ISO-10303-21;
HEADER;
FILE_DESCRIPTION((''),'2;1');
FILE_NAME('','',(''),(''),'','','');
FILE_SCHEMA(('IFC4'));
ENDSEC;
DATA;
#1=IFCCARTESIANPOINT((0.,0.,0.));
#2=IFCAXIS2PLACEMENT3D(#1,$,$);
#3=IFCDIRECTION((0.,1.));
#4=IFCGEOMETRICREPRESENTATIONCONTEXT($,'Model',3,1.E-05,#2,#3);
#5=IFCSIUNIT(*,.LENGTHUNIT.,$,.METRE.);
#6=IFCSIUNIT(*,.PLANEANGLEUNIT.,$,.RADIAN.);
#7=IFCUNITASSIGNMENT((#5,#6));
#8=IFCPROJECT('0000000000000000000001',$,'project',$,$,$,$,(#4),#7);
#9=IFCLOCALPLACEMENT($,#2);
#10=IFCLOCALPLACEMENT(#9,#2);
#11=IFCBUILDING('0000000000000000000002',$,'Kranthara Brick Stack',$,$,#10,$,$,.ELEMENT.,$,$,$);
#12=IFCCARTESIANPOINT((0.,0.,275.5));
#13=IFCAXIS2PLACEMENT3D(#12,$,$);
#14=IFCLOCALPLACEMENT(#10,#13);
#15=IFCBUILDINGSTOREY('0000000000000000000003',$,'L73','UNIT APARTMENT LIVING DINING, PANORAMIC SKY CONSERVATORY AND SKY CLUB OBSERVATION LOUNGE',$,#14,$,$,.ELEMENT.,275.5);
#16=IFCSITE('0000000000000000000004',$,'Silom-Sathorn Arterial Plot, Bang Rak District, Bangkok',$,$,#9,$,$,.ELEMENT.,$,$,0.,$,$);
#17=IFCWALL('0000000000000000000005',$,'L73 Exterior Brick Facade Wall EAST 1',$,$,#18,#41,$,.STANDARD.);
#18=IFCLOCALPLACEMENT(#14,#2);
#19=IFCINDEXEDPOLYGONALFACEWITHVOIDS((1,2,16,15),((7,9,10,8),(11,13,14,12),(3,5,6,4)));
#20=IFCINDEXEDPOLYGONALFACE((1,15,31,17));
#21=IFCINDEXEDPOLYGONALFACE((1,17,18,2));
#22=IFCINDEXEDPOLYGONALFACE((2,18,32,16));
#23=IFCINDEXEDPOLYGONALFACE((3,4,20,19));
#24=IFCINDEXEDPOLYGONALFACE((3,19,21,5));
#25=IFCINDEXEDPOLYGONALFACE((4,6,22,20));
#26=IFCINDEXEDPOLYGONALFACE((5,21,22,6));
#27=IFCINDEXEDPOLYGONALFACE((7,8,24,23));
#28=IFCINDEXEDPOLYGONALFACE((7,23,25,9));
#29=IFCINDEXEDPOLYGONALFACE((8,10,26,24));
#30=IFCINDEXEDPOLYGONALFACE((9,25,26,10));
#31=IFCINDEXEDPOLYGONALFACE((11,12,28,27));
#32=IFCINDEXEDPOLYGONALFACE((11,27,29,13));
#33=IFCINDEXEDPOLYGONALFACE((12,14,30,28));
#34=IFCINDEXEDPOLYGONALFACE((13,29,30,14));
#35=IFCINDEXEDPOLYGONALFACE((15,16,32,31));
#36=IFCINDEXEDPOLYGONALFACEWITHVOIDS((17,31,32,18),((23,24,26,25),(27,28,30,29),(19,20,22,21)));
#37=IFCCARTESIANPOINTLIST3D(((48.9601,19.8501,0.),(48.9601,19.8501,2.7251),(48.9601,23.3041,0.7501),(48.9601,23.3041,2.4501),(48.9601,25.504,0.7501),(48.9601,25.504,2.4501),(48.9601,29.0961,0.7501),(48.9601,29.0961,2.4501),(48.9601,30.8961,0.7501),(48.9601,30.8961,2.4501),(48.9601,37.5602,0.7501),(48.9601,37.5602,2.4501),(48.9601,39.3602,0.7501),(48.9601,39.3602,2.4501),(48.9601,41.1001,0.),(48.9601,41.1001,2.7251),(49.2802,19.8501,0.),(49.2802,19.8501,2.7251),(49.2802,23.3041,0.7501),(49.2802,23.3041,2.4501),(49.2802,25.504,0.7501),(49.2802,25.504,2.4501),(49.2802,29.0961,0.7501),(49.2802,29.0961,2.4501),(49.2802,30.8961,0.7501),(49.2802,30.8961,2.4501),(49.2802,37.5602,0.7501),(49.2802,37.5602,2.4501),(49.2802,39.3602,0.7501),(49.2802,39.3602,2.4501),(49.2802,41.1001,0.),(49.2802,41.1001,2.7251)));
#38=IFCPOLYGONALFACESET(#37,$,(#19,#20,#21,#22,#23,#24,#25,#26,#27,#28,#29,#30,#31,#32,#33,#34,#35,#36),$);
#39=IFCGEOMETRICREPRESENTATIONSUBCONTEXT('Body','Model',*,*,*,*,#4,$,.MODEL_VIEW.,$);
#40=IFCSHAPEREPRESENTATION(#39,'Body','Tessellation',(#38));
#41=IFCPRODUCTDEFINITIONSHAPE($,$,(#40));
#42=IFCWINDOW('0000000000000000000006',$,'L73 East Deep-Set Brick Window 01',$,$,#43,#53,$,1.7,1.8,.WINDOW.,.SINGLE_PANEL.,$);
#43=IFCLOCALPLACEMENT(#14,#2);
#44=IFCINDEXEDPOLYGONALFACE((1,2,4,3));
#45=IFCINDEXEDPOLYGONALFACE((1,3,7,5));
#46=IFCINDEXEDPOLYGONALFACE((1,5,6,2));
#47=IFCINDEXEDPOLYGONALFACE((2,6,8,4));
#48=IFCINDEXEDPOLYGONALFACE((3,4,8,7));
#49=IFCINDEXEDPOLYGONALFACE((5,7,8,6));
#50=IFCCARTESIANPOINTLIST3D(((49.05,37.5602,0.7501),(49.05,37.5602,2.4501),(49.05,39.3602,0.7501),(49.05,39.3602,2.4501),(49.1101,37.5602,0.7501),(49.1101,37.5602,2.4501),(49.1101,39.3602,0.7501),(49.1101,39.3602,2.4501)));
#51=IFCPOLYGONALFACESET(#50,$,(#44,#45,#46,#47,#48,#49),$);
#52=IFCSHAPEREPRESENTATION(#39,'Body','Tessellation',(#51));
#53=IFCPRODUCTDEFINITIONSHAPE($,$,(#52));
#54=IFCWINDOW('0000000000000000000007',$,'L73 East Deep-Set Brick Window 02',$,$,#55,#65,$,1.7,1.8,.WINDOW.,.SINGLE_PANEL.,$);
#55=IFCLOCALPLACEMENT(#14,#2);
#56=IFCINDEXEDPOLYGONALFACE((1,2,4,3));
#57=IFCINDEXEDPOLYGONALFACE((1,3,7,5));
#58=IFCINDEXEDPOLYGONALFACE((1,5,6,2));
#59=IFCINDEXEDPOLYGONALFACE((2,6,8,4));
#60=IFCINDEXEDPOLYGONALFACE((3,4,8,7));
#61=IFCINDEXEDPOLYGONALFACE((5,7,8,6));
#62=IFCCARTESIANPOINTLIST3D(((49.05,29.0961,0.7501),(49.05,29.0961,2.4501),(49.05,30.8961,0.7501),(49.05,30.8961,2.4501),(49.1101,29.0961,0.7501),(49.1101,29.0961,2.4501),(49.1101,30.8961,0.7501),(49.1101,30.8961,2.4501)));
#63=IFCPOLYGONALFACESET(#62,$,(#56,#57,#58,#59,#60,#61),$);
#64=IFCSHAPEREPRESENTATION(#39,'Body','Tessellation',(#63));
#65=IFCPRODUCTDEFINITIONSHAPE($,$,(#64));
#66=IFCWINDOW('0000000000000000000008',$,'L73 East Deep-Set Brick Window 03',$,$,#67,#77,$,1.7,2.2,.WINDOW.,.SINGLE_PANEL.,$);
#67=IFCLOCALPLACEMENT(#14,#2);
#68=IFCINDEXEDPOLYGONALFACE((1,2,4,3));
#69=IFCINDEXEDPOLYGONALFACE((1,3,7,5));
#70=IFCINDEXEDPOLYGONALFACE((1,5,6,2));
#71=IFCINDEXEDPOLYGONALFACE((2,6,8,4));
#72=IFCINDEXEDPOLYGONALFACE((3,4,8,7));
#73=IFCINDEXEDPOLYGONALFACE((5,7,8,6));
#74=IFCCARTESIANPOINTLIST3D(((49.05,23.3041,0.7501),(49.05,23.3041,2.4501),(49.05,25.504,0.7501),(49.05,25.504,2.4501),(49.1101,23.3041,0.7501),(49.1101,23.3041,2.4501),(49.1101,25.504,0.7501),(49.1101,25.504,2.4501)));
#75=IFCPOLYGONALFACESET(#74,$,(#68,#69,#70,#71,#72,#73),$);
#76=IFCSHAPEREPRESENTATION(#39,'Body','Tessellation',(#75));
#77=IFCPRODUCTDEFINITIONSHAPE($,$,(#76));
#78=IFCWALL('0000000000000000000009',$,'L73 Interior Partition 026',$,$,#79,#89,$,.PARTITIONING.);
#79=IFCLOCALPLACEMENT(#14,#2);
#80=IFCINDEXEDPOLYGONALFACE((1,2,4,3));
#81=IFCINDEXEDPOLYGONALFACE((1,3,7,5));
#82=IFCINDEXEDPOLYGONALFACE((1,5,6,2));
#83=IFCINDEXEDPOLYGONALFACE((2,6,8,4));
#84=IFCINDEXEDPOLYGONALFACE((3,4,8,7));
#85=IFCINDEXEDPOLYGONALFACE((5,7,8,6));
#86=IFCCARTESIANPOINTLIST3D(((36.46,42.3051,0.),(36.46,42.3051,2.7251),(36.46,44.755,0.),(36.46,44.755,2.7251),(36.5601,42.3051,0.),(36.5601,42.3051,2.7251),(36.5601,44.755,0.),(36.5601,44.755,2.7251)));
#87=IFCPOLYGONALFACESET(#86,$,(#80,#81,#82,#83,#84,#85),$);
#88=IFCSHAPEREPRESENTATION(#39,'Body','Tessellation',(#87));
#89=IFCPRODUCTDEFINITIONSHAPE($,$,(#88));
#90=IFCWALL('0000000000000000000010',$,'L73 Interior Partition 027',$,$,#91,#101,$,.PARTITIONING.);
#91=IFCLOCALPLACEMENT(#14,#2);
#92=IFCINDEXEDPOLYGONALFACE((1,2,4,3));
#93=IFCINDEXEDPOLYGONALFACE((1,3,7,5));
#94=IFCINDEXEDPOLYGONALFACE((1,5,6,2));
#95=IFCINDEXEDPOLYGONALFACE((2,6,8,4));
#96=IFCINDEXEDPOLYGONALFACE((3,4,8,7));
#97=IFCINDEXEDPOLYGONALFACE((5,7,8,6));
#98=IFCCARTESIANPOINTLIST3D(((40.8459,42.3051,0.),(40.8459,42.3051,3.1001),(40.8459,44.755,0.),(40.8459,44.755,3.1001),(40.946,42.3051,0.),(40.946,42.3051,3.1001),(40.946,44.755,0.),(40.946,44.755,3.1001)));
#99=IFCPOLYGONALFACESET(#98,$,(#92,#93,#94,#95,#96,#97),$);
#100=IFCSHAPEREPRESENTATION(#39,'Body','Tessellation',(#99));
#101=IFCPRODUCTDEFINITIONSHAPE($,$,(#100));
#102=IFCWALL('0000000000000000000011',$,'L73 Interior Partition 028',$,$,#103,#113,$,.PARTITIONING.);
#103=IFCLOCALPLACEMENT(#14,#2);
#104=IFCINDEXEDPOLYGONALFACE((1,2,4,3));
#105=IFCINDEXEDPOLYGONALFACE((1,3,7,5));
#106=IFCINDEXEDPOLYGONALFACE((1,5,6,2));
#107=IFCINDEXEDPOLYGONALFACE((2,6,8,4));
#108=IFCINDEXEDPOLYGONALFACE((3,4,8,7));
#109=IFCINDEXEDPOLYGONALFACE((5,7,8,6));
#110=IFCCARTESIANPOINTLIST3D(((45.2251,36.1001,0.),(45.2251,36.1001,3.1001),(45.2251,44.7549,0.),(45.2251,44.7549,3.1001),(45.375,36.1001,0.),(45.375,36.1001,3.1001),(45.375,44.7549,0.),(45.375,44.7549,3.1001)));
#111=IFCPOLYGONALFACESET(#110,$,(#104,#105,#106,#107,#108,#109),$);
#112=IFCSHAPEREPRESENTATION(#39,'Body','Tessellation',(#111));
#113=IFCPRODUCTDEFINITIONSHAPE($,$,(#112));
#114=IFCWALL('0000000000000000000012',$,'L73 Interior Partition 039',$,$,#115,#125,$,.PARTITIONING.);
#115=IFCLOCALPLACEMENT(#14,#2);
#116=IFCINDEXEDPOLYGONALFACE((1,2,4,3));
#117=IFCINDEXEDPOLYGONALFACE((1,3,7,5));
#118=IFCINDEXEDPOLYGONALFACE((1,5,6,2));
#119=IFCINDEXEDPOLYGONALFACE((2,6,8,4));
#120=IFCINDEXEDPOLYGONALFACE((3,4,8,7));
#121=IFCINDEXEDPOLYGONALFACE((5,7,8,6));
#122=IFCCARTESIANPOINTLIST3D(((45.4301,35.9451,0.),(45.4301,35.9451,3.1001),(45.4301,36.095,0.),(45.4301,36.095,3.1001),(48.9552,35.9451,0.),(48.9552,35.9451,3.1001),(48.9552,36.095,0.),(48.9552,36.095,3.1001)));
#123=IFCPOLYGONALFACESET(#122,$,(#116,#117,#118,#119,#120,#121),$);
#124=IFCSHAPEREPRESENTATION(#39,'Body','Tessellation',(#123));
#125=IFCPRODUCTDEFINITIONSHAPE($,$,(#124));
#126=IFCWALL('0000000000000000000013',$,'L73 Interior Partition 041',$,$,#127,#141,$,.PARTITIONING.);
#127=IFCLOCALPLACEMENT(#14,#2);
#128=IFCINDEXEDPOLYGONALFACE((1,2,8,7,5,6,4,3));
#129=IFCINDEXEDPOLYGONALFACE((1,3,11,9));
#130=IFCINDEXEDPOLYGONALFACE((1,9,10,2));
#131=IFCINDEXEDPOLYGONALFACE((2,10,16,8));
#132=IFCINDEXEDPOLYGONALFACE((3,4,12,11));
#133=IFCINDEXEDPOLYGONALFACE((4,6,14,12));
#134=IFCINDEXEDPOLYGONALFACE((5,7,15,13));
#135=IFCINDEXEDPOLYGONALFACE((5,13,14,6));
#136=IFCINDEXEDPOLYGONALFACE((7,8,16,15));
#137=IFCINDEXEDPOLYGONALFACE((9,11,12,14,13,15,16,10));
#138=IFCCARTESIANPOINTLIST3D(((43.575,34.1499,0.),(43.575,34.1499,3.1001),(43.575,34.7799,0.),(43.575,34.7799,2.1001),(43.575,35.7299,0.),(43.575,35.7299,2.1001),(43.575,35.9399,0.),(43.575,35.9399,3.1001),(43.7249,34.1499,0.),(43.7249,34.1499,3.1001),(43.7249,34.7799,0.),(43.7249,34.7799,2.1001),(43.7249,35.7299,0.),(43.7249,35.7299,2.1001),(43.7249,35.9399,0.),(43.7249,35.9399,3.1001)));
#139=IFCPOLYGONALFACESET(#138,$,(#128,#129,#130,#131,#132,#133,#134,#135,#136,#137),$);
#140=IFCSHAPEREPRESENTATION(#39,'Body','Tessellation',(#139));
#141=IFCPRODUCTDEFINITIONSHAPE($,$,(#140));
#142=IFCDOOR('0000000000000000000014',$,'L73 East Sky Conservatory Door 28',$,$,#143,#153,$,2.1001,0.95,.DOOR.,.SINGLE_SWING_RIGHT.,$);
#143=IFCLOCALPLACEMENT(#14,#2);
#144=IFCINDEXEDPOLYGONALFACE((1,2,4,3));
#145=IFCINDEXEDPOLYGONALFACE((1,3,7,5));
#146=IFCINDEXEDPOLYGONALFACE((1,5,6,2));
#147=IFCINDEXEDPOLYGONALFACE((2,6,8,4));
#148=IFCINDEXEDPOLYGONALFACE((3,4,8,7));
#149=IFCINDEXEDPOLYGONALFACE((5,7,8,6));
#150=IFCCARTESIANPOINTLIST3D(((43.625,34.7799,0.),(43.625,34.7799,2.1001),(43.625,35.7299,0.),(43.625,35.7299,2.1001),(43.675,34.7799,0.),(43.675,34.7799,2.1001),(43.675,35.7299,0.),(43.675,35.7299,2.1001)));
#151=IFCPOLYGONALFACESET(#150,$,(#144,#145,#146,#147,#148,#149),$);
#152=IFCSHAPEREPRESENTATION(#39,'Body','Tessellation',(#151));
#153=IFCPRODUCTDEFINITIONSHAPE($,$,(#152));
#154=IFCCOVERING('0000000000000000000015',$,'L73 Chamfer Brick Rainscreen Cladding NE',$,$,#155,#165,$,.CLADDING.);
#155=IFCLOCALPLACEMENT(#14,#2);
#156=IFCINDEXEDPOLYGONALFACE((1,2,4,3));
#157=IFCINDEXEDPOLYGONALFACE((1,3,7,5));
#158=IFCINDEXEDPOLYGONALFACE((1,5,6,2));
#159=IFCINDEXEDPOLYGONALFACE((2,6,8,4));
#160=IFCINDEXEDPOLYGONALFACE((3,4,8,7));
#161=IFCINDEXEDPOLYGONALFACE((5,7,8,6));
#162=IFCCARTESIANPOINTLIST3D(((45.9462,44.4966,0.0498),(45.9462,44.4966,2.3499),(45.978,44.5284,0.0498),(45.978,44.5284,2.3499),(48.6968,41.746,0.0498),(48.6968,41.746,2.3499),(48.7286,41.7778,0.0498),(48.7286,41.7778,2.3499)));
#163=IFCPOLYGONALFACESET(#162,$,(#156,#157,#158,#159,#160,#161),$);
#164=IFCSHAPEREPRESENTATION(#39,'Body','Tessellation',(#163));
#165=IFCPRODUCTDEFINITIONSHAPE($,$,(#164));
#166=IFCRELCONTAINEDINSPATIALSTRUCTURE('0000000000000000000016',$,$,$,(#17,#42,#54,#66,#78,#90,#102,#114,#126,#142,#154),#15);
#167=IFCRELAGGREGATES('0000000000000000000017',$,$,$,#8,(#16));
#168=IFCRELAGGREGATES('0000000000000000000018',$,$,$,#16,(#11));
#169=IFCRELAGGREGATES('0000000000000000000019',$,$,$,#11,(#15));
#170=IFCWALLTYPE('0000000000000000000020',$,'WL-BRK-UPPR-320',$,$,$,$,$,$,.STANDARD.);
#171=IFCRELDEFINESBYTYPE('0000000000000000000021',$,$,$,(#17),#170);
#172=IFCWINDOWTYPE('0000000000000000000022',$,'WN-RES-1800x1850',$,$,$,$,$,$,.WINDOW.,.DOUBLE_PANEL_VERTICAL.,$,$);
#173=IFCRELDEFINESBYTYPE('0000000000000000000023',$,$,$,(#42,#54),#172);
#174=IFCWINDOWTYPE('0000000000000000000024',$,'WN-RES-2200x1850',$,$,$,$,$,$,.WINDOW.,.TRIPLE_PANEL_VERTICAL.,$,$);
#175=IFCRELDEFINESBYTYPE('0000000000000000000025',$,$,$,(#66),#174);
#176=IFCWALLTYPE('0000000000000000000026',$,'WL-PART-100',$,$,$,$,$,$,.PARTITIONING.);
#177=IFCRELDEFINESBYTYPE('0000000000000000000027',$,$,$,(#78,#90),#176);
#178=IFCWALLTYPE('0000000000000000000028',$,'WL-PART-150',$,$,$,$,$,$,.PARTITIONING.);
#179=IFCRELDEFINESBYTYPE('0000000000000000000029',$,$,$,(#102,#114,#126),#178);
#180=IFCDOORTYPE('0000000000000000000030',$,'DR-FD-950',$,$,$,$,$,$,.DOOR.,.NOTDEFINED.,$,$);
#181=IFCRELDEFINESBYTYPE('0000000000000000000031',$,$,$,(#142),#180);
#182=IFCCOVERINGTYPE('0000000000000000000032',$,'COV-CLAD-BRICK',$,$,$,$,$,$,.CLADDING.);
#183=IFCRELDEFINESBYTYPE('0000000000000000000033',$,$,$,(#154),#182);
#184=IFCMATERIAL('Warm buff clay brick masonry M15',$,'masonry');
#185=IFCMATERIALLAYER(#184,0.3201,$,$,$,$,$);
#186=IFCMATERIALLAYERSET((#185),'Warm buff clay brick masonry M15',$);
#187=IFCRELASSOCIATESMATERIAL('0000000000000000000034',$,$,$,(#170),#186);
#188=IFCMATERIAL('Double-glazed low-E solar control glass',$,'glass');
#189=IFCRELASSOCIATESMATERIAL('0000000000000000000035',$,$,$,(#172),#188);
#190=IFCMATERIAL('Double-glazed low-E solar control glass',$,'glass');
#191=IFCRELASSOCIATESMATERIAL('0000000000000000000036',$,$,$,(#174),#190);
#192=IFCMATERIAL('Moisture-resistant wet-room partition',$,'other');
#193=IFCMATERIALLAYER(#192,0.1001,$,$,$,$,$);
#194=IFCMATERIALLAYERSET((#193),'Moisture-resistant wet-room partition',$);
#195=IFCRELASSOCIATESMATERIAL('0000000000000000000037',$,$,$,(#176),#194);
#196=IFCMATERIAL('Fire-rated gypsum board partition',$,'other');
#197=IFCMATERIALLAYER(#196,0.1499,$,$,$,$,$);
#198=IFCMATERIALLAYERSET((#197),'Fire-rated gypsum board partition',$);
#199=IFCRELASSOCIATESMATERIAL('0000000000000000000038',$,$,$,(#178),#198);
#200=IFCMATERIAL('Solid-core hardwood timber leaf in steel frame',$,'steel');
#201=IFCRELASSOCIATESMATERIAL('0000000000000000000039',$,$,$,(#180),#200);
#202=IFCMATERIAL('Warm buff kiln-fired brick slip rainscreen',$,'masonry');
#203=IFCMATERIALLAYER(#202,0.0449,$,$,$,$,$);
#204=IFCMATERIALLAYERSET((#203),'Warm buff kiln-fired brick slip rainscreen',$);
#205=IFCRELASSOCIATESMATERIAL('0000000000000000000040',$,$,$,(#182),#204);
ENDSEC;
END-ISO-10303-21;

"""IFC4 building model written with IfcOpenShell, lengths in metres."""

from ifc_helpers import new_model, si_unit, direction, frame, frame_2d, origin, origin_2d, place, context, subcontext, project, spatial, rectangle, extrude, material, layer, layer_set, type_object, element, fill, save


model = new_model("IFC4")

# Units and contexts
model_context = context("Model", 3, precision=1e-05, world=origin(), true_north=direction((0.0, 1.0)))
body_context = subcontext(model_context, "Body", "Model", "MODEL_VIEW")
ifc_project = project(units=[si_unit("LENGTHUNIT", "METRE"), si_unit("PLANEANGLEUNIT", "RADIAN")], contexts=[model_context])

# Site, building, storey
site_placement = place(None, origin())
site = spatial("IfcSite", under=ifc_project, at=site_placement, Name="Silom-Sathorn Arterial Plot, Bang Rak District, Bangkok", CompositionType="ELEMENT", RefElevation=0.0)
building_placement = place(site_placement, origin())
building = spatial("IfcBuilding", under=site, at=building_placement, Name="Kranthara Brick Stack", CompositionType="ELEMENT")
storey_placement = place(building_placement, frame((0.0, 0.0, 275.5)))
storey = spatial("IfcBuildingStorey", under=building, at=storey_placement, Name="L73", Description="UNIT APARTMENT LIVING DINING, PANORAMIC SKY CONSERVATORY AND SKY CLUB OBSERVATION LOUNGE", CompositionType="ELEMENT", Elevation=275.5)

# Shared definitions
ifc_material_1 = material(Name="Warm buff clay brick masonry M15", Category="masonry")
ifc_layer_1 = layer(ifc_material_1, 0.3201)
ifc_layer_set_1 = layer_set([ifc_layer_1], Name="Warm buff clay brick masonry M15")
wall_type_1 = type_object("IfcWallType", Name="WL-BRK-UPPR-320", PredefinedType="STANDARD", material=ifc_layer_set_1)

# Wall, openings, windows
wall_1_placement = place(storey_placement, frame((49.1201, 41.1001, 0.0), z_axis=(0.0, 0.0, 1.0), x_axis=(0.0, -1.0, 0.0)))
wall_1 = element("IfcWall", 1, at=wall_1_placement, inside=storey, type_object=wall_type_1, Name="L73 Exterior Brick Facade Wall EAST 1", PredefinedType="STANDARD", context=body_context, shape_type="SweptSolid", body=[
    extrude(rectangle(XDim=21.25, YDim=0.3201, at=frame_2d((10.625, 0.0))), origin(), (0.0, 0.0, 1.0), 2.7251),
])
opening_1_placement = place(wall_1_placement, frame((1.74, 0.0, 0.75)))
opening_1 = element("IfcOpeningElement", 2, at=opening_1_placement, cuts=wall_1, PredefinedType="OPENING", context=body_context, shape_type="SweptSolid", body=[
    extrude(rectangle(XDim=1.8, YDim=1.7, at=frame_2d((0.8999, 0.8501))), frame((0.0, 0.1699, 0.0), z_axis=(0.0, -1.0, 0.0), x_axis=(1.0, 0.0, 0.0)), (0.0, 0.0, 1.0), 0.3401),
])
opening_2_placement = place(wall_1_placement, frame((10.2041, 0.0, 0.75)))
opening_2 = element("IfcOpeningElement", 3, at=opening_2_placement, cuts=wall_1, PredefinedType="OPENING", context=body_context, shape_type="SweptSolid", body=[
    extrude(rectangle(XDim=1.8, YDim=1.7, at=frame_2d((0.8999, 0.8501))), frame((0.0, 0.1699, 0.0), z_axis=(0.0, -1.0, 0.0), x_axis=(1.0, 0.0, 0.0)), (0.0, 0.0, 1.0), 0.3401),
])
opening_3_placement = place(wall_1_placement, frame((15.5959, 0.0, 0.75)))
opening_3 = element("IfcOpeningElement", 4, at=opening_3_placement, cuts=wall_1, PredefinedType="OPENING", context=body_context, shape_type="SweptSolid", body=[
    extrude(rectangle(XDim=2.2, YDim=1.7, at=frame_2d((1.1001, 0.8501))), frame((0.0, 0.1699, 0.0), z_axis=(0.0, -1.0, 0.0), x_axis=(1.0, 0.0, 0.0)), (0.0, 0.0, 1.0), 0.3401),
])
ifc_material_2 = material(Name="Double-glazed low-E solar control glass", Category="glass")
window_type_1 = type_object("IfcWindowType", Name="WN-RES-1800x1850", PartitioningType="DOUBLE_PANEL_VERTICAL", PredefinedType="WINDOW", material=ifc_material_2)
window_1_placement = place(opening_1_placement, origin())
window_1 = element("IfcWindow", 5, at=window_1_placement, inside=storey, type_object=window_type_1, Name="L73 East Deep-Set Brick Window 01", OverallHeight=1.7, OverallWidth=1.8, PartitioningType="SINGLE_PANEL", PredefinedType="WINDOW", context=body_context, shape_type="SweptSolid", body=[
    extrude(rectangle(XDim=1.8, YDim=1.7, at=frame_2d((0.8999, 0.8501))), frame((0.0, -0.01, 0.0), z_axis=(0.0, -1.0, 0.0), x_axis=(1.0, 0.0, 0.0)), (0.0, 0.0, 1.0), 0.0601),
])
fill(opening_1, window_1)
window_2_placement = place(opening_2_placement, origin())
window_2 = element("IfcWindow", 6, at=window_2_placement, inside=storey, type_object=window_type_1, Name="L73 East Deep-Set Brick Window 02", OverallHeight=1.7, OverallWidth=1.8, PartitioningType="SINGLE_PANEL", PredefinedType="WINDOW", context=body_context, shape_type="SweptSolid", body=[
    extrude(rectangle(XDim=1.8, YDim=1.7, at=frame_2d((0.8999, 0.8501))), frame((0.0, -0.01, 0.0), z_axis=(0.0, -1.0, 0.0), x_axis=(1.0, 0.0, 0.0)), (0.0, 0.0, 1.0), 0.0601),
])
fill(opening_2, window_2)
ifc_material_3 = material(Name="Double-glazed low-E solar control glass", Category="glass")
window_type_2 = type_object("IfcWindowType", Name="WN-RES-2200x1850", PartitioningType="TRIPLE_PANEL_VERTICAL", PredefinedType="WINDOW", material=ifc_material_3)
window_3_placement = place(opening_3_placement, origin())
window_3 = element("IfcWindow", 7, at=window_3_placement, inside=storey, type_object=window_type_2, Name="L73 East Deep-Set Brick Window 03", OverallHeight=1.7, OverallWidth=2.2, PartitioningType="SINGLE_PANEL", PredefinedType="WINDOW", context=body_context, shape_type="SweptSolid", body=[
    extrude(rectangle(XDim=2.2, YDim=1.7, at=frame_2d((1.1001, 0.8501))), frame((0.0, -0.01, 0.0), z_axis=(0.0, -1.0, 0.0), x_axis=(1.0, 0.0, 0.0)), (0.0, 0.0, 1.0), 0.0601),
])
fill(opening_3, window_3)

# Walls
ifc_material_4 = material(Name="Moisture-resistant wet-room partition", Category="other")
ifc_layer_2 = layer(ifc_material_4, 0.1001)
ifc_layer_set_2 = layer_set([ifc_layer_2], Name="Moisture-resistant wet-room partition")
wall_type_2 = type_object("IfcWallType", Name="WL-PART-100", PredefinedType="PARTITIONING", material=ifc_layer_set_2)
wall_2_placement = place(storey_placement, frame((36.51, 42.3049, 0.0), z_axis=(0.0, 0.0, 1.0), x_axis=(0.0, 1.0, 0.0)))
element("IfcWall", 8, at=wall_2_placement, inside=storey, type_object=wall_type_2, Name="L73 Interior Partition 026", PredefinedType="PARTITIONING", context=body_context, shape_type="SweptSolid", body=[
    extrude(rectangle(XDim=2.45, YDim=0.1001, at=frame_2d((1.2251, 0.0))), origin(), (0.0, 0.0, 1.0), 2.7251),
])
wall_3_placement = place(storey_placement, frame((40.896, 42.3049, 0.0), z_axis=(0.0, 0.0, 1.0), x_axis=(0.0, 1.0, 0.0)))
element("IfcWall", 9, at=wall_3_placement, inside=storey, type_object=wall_type_2, Name="L73 Interior Partition 027", PredefinedType="PARTITIONING", context=body_context, shape_type="SweptSolid", body=[
    extrude(rectangle(XDim=2.45, YDim=0.1001, at=frame_2d((1.2251, 0.0))), origin(), (0.0, 0.0, 1.0), 3.1001),
])
ifc_material_5 = material(Name="Fire-rated gypsum board partition", Category="other")
ifc_layer_3 = layer(ifc_material_5, 0.1499)
ifc_layer_set_3 = layer_set([ifc_layer_3], Name="Fire-rated gypsum board partition")
wall_type_3 = type_object("IfcWallType", Name="WL-PART-150", PredefinedType="PARTITIONING", material=ifc_layer_set_3)
wall_4_placement = place(storey_placement, frame((45.3, 36.1001, 0.0), z_axis=(0.0, 0.0, 1.0), x_axis=(0.0, 1.0, 0.0)))
element("IfcWall", 10, at=wall_4_placement, inside=storey, type_object=wall_type_3, Name="L73 Interior Partition 028", PredefinedType="PARTITIONING", context=body_context, shape_type="SweptSolid", body=[
    extrude(rectangle(XDim=8.6548, YDim=0.1499, at=frame_2d((4.3274, 0.0))), origin(), (0.0, 0.0, 1.0), 3.1001),
])
wall_5_placement = place(storey_placement, frame((45.4299, 36.02, 0.0), z_axis=(0.0, 0.0, 1.0), x_axis=(1.0, 0.0, 0.0)))
element("IfcWall", 11, at=wall_5_placement, inside=storey, type_object=wall_type_3, Name="L73 Interior Partition 039", PredefinedType="PARTITIONING", context=body_context, shape_type="SweptSolid", body=[
    extrude(rectangle(XDim=3.5251, YDim=0.1499, at=frame_2d((1.7627, 0.0))), origin(), (0.0, 0.0, 1.0), 3.1001),
])

# Wall, opening, door
wall_6_placement = place(storey_placement, frame((43.6499, 34.1499, 0.0), z_axis=(0.0, 0.0, 1.0), x_axis=(0.0, 1.0, 0.0)))
wall_6 = element("IfcWall", 12, at=wall_6_placement, inside=storey, type_object=wall_type_3, Name="L73 Interior Partition 041", PredefinedType="PARTITIONING", context=body_context, shape_type="SweptSolid", body=[
    extrude(rectangle(XDim=1.79, YDim=0.1499, at=frame_2d((0.895, 0.0))), origin(), (0.0, 0.0, 1.0), 3.1001),
])
opening_4_placement = place(wall_6_placement, frame((0.6299, 0.0, 0.0)))
opening_4 = element("IfcOpeningElement", 13, at=opening_4_placement, cuts=wall_6, PredefinedType="OPENING", context=body_context, shape_type="SweptSolid", body=[
    extrude(rectangle(XDim=0.95, YDim=2.1001, at=frame_2d((0.4751, 1.05))), frame((0.0, 0.085, 0.0), z_axis=(0.0, -1.0, 0.0), x_axis=(1.0, 0.0, 0.0)), (0.0, 0.0, 1.0), 0.1699),
])
ifc_material_6 = material(Name="Solid-core hardwood timber leaf in steel frame", Category="steel")
door_type = type_object("IfcDoorType", Name="DR-FD-950", OperationType="NOTDEFINED", PredefinedType="DOOR", material=ifc_material_6)
door_placement = place(opening_4_placement, origin())
door = element("IfcDoor", 14, at=door_placement, inside=storey, type_object=door_type, Name="L73 East Sky Conservatory Door 28", OperationType="SINGLE_SWING_RIGHT", OverallHeight=2.1001, OverallWidth=0.95, PredefinedType="DOOR", context=body_context, shape_type="SweptSolid", body=[
    extrude(rectangle(XDim=0.95, YDim=2.1001, at=frame_2d((0.4751, 1.05))), frame((0.0, 0.0249, 0.0), z_axis=(0.0, -1.0, 0.0), x_axis=(1.0, 0.0, 0.0)), (0.0, 0.0, 1.0), 0.05),
])
fill(opening_4, door)

# Covering
ifc_material_7 = material(Name="Warm buff kiln-fired brick slip rainscreen", Category="masonry")
ifc_layer_4 = layer(ifc_material_7, 0.0449)
ifc_layer_set_4 = layer_set([ifc_layer_4], Name="Warm buff kiln-fired brick slip rainscreen")
covering_type = type_object("IfcCoveringType", Name="COV-CLAD-BRICK", PredefinedType="CLADDING", material=ifc_layer_set_4)
covering_placement = place(storey_placement, frame((47.3374, 43.1372, 0.0498), z_axis=(0.0, 0.0, 1.0), x_axis=(0.707107, -0.707107, 0.0)))
element("IfcCovering", 15, at=covering_placement, inside=storey, type_object=covering_type, Name="L73 Chamfer Brick Rainscreen Cladding NE", PredefinedType="CLADDING", context=body_context, shape_type="SweptSolid", body=[
    extrude(rectangle(XDim=3.8899, YDim=0.0449, at=origin_2d()), origin(), (0.0, 0.0, 1.0), 2.3),
])

save(model, "model.ifc")
